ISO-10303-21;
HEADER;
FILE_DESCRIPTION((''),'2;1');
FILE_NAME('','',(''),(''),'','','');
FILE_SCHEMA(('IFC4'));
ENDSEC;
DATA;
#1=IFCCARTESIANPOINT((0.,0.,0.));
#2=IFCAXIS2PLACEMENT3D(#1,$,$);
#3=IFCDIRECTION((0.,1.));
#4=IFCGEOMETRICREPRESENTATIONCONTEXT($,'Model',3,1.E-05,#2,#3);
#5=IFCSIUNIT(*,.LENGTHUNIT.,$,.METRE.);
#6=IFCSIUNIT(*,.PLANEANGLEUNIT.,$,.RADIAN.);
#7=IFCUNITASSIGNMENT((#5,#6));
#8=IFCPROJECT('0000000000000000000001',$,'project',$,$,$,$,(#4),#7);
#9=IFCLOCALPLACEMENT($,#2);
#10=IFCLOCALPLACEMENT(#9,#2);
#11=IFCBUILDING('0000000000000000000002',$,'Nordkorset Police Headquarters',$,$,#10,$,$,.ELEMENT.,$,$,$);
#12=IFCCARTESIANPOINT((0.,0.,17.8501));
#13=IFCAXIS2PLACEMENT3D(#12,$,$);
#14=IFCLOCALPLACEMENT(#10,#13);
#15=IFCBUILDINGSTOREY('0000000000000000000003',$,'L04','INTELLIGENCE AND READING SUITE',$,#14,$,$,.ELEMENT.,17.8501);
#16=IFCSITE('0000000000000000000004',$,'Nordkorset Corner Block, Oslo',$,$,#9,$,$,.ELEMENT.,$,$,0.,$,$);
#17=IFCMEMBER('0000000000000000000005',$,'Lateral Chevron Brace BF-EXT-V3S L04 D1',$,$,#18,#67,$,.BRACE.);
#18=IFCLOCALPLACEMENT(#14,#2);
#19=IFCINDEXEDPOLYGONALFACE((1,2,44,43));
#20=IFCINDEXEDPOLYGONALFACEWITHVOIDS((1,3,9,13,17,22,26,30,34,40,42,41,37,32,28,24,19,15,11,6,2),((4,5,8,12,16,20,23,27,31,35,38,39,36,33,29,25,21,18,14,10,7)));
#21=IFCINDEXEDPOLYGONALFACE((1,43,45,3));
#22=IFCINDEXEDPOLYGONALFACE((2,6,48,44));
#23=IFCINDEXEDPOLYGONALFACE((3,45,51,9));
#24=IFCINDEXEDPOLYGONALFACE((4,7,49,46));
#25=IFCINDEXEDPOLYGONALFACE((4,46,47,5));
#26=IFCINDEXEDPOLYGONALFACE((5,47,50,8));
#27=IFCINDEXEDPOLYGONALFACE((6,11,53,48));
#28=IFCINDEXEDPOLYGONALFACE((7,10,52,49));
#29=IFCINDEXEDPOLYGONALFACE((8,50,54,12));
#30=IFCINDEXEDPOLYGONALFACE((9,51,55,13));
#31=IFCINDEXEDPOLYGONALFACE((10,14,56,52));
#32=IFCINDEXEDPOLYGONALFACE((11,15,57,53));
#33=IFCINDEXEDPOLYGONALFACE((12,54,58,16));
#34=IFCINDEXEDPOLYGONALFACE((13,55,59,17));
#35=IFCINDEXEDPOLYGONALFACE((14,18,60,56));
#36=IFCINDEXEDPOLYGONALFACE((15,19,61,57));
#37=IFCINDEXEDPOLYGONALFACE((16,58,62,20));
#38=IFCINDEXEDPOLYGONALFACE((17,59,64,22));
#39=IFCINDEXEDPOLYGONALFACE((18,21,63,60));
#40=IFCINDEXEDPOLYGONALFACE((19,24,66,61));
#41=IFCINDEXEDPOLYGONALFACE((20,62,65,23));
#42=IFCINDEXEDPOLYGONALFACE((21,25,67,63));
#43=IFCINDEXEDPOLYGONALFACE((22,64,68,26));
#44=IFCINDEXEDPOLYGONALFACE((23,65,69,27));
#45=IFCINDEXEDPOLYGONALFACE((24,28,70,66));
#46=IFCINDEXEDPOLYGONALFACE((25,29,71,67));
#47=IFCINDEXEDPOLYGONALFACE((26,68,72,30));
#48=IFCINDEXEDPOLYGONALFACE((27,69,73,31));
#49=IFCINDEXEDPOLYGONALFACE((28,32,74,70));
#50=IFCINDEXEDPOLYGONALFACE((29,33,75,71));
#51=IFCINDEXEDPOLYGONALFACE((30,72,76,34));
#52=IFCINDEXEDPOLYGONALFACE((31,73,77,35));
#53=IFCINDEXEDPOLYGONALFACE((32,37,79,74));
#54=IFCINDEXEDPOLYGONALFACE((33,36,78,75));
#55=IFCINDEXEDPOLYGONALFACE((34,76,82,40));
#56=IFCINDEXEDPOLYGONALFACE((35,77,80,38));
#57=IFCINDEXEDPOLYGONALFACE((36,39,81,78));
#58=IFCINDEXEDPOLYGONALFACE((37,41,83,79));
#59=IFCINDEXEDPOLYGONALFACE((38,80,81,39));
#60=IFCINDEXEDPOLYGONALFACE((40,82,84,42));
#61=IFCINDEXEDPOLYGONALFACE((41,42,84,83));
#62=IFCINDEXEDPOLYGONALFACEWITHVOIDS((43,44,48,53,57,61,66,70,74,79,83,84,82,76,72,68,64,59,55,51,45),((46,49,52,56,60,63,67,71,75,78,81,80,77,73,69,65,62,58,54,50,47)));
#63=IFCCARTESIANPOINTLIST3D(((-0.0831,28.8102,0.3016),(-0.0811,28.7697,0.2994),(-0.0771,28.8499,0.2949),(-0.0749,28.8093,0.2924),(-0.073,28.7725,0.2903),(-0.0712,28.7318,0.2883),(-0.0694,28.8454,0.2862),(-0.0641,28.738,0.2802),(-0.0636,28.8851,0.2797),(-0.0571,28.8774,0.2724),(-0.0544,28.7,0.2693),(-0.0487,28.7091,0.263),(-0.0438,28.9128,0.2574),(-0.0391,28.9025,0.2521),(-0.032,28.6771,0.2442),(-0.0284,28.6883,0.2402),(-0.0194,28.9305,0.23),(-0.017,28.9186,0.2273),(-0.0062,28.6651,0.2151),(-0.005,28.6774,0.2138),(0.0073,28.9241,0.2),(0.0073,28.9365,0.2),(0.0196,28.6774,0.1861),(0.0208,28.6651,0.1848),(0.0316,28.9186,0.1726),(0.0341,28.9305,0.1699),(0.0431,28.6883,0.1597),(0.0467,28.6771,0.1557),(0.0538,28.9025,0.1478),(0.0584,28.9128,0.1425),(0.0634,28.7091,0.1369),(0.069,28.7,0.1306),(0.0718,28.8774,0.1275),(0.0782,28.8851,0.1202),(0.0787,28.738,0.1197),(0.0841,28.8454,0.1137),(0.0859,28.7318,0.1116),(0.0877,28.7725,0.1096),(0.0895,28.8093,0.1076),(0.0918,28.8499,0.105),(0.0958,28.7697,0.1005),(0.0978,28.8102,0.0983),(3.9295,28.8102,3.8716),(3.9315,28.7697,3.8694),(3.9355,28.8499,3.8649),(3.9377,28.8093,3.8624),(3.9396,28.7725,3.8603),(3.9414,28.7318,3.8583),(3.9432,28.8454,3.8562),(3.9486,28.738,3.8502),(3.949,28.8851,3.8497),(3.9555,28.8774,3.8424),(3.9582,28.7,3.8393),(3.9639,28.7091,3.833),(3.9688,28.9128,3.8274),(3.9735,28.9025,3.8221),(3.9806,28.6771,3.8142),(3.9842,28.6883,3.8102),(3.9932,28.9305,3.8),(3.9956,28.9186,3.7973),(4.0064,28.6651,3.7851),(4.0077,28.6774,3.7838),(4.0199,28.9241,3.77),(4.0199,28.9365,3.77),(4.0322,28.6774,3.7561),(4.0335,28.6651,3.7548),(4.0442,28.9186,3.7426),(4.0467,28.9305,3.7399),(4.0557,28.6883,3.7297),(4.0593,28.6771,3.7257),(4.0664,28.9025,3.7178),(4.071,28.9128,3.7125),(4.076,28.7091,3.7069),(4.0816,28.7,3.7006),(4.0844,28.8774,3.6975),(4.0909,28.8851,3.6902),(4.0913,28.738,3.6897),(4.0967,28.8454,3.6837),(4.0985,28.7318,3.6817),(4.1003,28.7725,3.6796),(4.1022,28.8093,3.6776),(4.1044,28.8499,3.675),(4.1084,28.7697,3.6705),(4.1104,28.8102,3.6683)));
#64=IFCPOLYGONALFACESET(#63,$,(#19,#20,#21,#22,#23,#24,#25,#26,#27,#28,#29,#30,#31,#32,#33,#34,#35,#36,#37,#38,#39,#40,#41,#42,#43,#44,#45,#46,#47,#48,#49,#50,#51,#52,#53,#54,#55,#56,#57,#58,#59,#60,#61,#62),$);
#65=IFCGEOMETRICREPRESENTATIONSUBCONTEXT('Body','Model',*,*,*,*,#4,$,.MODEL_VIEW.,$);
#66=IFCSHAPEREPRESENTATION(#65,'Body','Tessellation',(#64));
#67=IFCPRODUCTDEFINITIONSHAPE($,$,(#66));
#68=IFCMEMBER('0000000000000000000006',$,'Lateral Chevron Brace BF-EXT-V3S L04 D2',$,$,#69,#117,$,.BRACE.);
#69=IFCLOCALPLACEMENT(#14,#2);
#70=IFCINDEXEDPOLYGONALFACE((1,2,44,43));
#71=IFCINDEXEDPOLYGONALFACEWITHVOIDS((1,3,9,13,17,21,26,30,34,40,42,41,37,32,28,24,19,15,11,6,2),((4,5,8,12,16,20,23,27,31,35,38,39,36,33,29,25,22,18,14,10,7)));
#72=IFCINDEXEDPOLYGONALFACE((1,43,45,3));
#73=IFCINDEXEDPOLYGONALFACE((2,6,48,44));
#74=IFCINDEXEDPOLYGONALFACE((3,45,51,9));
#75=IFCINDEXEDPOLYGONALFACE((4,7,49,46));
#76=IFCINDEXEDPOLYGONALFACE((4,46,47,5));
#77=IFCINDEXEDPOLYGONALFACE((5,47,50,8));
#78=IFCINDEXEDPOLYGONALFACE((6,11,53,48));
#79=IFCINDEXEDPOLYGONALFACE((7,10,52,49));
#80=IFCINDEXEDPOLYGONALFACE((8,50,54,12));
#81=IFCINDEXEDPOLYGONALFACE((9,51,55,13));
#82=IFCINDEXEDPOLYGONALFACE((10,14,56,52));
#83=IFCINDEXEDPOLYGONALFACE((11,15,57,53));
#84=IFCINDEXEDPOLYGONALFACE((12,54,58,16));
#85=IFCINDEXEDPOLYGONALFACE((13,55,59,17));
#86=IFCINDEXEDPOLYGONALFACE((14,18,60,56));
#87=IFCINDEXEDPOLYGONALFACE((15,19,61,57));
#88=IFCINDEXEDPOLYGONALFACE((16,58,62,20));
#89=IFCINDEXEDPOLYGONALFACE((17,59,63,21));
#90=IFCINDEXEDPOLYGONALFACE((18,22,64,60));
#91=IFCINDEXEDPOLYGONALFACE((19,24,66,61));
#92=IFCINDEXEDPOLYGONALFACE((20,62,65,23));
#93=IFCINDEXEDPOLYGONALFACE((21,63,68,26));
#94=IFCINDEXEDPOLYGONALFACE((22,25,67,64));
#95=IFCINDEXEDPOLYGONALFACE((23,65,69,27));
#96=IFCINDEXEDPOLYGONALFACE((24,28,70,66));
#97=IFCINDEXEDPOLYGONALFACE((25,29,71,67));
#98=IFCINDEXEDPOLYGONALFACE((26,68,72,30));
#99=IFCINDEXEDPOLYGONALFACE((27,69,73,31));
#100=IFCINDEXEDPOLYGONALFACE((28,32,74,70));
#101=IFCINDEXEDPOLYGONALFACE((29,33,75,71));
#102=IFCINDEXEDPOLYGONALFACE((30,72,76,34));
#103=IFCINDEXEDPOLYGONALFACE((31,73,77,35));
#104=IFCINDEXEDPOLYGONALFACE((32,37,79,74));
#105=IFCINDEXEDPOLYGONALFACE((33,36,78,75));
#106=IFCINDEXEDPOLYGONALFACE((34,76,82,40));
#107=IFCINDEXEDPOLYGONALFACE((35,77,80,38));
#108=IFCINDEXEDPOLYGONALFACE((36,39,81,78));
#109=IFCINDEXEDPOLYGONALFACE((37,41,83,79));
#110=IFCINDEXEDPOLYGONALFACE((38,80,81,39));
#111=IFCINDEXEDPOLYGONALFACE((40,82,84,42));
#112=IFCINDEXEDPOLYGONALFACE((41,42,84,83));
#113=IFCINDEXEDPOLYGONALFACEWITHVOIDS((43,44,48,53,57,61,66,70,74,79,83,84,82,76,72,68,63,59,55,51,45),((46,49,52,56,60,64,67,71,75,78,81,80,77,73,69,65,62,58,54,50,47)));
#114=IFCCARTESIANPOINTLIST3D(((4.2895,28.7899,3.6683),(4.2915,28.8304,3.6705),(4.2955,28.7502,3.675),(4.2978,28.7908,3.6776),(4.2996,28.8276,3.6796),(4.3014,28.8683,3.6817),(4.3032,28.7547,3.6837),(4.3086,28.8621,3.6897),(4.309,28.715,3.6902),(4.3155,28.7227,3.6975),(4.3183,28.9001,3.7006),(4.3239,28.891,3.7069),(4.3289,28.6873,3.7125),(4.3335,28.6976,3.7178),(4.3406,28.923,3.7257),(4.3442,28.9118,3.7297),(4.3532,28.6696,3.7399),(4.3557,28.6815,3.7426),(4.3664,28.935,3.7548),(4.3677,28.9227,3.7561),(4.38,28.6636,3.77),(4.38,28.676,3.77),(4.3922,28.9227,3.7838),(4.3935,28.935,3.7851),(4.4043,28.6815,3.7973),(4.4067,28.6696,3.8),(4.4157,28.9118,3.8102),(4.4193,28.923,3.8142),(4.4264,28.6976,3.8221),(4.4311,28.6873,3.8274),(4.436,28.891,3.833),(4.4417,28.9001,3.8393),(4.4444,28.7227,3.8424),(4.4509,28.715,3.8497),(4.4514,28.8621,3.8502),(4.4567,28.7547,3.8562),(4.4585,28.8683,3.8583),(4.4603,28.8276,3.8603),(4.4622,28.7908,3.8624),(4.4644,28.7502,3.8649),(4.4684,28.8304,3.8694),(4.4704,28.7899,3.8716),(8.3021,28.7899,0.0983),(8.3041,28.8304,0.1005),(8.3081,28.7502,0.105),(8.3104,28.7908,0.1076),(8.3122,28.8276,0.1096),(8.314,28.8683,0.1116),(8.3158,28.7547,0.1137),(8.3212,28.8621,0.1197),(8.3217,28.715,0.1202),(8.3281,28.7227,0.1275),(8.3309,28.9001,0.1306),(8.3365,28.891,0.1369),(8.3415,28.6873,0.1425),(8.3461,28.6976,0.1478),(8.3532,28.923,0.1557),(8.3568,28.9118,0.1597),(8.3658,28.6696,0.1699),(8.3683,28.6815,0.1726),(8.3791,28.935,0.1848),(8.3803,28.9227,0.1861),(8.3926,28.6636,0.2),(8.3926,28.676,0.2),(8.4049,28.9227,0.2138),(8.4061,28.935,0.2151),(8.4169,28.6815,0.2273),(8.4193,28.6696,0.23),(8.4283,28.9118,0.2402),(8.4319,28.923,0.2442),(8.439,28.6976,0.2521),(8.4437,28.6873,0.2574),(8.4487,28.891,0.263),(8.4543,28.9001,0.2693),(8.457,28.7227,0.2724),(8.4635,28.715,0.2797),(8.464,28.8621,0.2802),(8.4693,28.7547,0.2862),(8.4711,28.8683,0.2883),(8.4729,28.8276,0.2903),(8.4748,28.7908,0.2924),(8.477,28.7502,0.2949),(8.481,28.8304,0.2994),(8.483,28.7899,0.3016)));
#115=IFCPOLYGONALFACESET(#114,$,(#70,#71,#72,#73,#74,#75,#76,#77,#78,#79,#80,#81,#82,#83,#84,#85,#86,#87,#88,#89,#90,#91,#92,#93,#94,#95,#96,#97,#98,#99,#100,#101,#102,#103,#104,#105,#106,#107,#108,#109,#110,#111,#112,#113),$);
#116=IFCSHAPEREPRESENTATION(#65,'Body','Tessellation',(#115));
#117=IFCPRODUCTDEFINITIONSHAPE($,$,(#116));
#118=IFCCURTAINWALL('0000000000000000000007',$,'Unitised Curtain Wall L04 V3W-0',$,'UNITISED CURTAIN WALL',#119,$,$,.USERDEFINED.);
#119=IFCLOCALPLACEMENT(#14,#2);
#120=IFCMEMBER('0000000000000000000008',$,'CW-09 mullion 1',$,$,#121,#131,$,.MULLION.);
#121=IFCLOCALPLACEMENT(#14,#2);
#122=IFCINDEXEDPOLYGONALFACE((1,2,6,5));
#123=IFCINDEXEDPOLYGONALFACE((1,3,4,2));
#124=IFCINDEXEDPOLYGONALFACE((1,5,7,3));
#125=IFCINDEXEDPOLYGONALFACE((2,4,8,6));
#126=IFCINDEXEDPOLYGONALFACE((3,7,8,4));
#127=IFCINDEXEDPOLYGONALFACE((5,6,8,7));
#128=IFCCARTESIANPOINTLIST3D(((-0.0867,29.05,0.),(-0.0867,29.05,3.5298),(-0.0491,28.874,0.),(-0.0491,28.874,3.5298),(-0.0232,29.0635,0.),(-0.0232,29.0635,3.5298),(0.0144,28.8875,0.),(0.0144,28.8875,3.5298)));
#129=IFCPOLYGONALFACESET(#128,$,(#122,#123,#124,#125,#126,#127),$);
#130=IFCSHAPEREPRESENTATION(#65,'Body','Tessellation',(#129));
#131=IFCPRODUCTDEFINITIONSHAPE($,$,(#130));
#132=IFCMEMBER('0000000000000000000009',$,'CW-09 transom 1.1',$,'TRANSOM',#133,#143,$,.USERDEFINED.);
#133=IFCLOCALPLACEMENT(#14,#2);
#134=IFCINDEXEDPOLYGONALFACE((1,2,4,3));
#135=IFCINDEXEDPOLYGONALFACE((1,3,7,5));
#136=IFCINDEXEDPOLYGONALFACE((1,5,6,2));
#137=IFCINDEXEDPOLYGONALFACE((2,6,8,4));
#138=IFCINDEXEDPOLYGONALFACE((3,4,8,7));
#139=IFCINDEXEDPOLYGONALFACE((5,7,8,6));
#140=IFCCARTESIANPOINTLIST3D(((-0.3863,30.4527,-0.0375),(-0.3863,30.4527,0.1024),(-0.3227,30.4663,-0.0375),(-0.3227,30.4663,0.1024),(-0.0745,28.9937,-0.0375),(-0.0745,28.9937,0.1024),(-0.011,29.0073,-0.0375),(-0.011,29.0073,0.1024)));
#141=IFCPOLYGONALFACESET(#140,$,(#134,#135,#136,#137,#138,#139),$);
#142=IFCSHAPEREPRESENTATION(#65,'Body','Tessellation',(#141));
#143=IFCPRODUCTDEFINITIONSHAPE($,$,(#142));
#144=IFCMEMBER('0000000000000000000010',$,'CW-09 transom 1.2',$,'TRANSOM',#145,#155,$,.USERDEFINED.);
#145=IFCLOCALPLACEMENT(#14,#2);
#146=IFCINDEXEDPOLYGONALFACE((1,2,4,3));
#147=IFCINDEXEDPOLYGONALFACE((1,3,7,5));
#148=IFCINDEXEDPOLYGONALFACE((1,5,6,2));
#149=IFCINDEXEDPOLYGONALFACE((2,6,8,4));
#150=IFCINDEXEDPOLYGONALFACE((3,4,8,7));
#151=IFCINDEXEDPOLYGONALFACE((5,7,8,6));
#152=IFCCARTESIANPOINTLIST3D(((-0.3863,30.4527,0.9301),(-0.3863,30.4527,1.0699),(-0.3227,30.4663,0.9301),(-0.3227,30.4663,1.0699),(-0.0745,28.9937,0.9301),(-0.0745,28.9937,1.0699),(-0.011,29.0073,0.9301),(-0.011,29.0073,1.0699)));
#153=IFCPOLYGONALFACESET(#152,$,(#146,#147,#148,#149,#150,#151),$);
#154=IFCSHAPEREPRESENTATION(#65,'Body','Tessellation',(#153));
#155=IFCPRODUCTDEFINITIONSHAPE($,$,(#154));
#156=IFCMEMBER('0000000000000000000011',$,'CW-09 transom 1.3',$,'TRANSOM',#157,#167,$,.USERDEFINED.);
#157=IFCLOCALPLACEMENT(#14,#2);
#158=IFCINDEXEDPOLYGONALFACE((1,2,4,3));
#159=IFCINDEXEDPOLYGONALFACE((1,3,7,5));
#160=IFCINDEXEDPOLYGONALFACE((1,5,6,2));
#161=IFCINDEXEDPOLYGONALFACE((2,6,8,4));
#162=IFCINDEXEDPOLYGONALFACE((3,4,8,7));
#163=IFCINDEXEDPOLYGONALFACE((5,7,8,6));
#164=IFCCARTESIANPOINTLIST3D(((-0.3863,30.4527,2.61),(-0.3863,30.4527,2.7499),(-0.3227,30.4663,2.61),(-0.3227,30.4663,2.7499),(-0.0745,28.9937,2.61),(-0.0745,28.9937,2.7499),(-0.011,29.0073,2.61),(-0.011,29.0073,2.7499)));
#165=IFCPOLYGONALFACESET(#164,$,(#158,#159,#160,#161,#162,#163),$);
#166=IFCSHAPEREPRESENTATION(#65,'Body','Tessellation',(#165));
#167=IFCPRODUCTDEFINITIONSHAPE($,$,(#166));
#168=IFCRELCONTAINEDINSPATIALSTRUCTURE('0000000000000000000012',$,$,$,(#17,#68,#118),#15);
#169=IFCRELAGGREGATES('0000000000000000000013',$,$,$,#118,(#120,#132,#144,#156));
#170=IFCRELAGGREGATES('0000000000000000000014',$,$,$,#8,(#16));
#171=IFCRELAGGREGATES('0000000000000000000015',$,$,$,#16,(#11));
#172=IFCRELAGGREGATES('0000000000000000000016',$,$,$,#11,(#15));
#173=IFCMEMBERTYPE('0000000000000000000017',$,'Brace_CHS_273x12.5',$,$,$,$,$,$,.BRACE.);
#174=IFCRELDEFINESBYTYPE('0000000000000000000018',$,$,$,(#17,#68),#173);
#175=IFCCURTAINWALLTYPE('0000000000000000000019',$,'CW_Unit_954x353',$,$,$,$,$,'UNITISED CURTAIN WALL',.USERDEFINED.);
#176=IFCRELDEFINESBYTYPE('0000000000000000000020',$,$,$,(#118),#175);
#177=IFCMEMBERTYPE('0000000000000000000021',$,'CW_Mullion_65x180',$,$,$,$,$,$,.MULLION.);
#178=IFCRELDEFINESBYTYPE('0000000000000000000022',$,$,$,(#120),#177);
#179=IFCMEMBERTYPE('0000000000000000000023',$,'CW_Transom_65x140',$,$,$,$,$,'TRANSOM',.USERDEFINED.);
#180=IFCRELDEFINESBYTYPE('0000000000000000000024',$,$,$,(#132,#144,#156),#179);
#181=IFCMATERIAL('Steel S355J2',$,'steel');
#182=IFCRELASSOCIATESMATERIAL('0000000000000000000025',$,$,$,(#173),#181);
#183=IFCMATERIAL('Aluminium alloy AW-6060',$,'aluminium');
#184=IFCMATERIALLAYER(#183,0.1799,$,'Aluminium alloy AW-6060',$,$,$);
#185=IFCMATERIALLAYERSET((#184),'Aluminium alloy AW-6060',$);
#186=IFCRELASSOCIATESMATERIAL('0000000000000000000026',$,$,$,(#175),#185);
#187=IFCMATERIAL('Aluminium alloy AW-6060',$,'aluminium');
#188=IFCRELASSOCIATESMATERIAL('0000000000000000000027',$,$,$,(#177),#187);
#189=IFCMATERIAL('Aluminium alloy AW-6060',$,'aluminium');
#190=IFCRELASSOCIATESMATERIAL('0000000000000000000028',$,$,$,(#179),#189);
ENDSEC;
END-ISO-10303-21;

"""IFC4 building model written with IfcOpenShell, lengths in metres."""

from ifc_helpers import new_model, si_unit, direction, frame, origin, origin_2d, place, context, subcontext, project, spatial, rectangle, hollow_circle, extrude, material, layer, layer_set, material_profile, profile_set, type_object, element, aggregate, save


model = new_model("IFC4")

# Units and contexts
model_context = context("Model", 3, precision=1e-05, world=origin(), true_north=direction((0.0, 1.0)))
body_context = subcontext(model_context, "Body", "Model", "MODEL_VIEW")
ifc_project = project(units=[si_unit("LENGTHUNIT", "METRE"), si_unit("PLANEANGLEUNIT", "RADIAN")], contexts=[model_context])

# Site, building, storey
site_placement = place(None, origin())
site = spatial("IfcSite", under=ifc_project, at=site_placement, Name="Nordkorset Corner Block, Oslo", CompositionType="ELEMENT", RefElevation=0.0)
building_placement = place(site_placement, origin())
building = spatial("IfcBuilding", under=site, at=building_placement, Name="Nordkorset Police Headquarters", CompositionType="ELEMENT")
storey_placement = place(building_placement, frame((0.0, 0.0, 17.8501)))
storey = spatial("IfcBuildingStorey", under=building, at=storey_placement, Name="L04", Description="INTELLIGENCE AND READING SUITE", CompositionType="ELEMENT", Elevation=17.8501)

# Members
ifc_material_1 = material(Name="Steel S355J2", Category="steel")
ifc_material_profile_1 = material_profile(ifc_material_1, hollow_circle(Radius=0.1365, WallThickness=0.0125, at=origin_2d()), Name="CHS 273x12.5")
ifc_profile_set_1 = profile_set([ifc_material_profile_1], Name="Steel S355J2")
member_type_1 = type_object("IfcMemberType", Name="Brace_CHS_273x12.5", PredefinedType="BRACE", material=ifc_profile_set_1)
for number, where, z_axis, x_axis, name in (
    (1, (0.0073, 28.8, 0.2), (0.747111, 0.0, 0.6647), (0.0, 1.0, 0.0), "Lateral Chevron Brace BF-EXT-V3S L04 D1"),
    (2, (8.3926, 28.8, 0.2), (-0.747111, 0.0, 0.6647), (0.0, -1.0, 0.0), "Lateral Chevron Brace BF-EXT-V3S L04 D2"),
):
    element("IfcMember", number, at=place(storey_placement, frame(where, z_axis=z_axis, x_axis=x_axis)), inside=storey, type_object=member_type_1, Name=name, PredefinedType="BRACE", context=body_context, shape_type="SweptSolid", body=[
        extrude(hollow_circle(Radius=0.1365, WallThickness=0.0125, at=origin_2d()), origin(), (0.0, 0.0, 1.0), 5.3708),
    ])

# Curtain wall, members
ifc_material_2 = material(Name="Aluminium alloy AW-6060", Category="aluminium")
ifc_layer_1 = layer(ifc_material_2, 0.1799, Name="Aluminium alloy AW-6060")
ifc_layer_set_1 = layer_set([ifc_layer_1], Name="Aluminium alloy AW-6060")
curtain_wall_type = type_object("IfcCurtainWallType", Name="CW_Unit_954x353", ElementType="UNITISED CURTAIN WALL", PredefinedType="USERDEFINED", material=ifc_layer_set_1)
curtain_wall_placement = place(storey_placement, origin())
curtain_wall = element("IfcCurtainWall", 3, at=curtain_wall_placement, inside=storey, type_object=curtain_wall_type, Name="Unitised Curtain Wall L04 V3W-0", ObjectType="UNITISED CURTAIN WALL", PredefinedType="USERDEFINED")
ifc_material_3 = material(Name="Aluminium alloy AW-6060", Category="aluminium")
ifc_material_profile_2 = material_profile(ifc_material_3, rectangle(XDim=0.0649, YDim=0.1799, at=origin_2d()), Name="ALU MULL 65x180")
ifc_profile_set_2 = profile_set([ifc_material_profile_2], Name="Aluminium alloy AW-6060")
member_type_2 = type_object("IfcMemberType", Name="CW_Mullion_65x180", PredefinedType="MULLION", material=ifc_profile_set_2)
member_1_placement = place(storey_placement, frame((-0.0361, 28.9688, 0.0), z_axis=(0.0, 0.0, 1.0), x_axis=(-0.977951, -0.208833, 0.0)))
member_1 = element("IfcMember", 4, at=member_1_placement, type_object=member_type_2, Name="CW-09 mullion 1", PredefinedType="MULLION", context=body_context, shape_type="SweptSolid", body=[
    extrude(rectangle(XDim=0.0649, YDim=0.1799, at=origin_2d()), origin(), (0.0, 0.0, 1.0), 3.5298),
])
ifc_material_4 = material(Name="Aluminium alloy AW-6060", Category="aluminium")
ifc_material_profile_3 = material_profile(ifc_material_4, rectangle(XDim=0.0649, YDim=0.1399, at=origin_2d()), Name="ALU TRAN 65x140")
ifc_profile_set_3 = profile_set([ifc_material_profile_3], Name="Aluminium alloy AW-6060")
member_type_3 = type_object("IfcMemberType", Name="CW_Transom_65x140", ElementType="TRANSOM", PredefinedType="USERDEFINED", material=ifc_profile_set_3)
member_2_placement = place(storey_placement, frame((-0.0427, 29.0005, 0.0325), z_axis=(-0.20897, 0.977922, 0.0), x_axis=(-0.977922, -0.20897, 0.0)))
member_2 = element("IfcMember", 5, at=member_2_placement, type_object=member_type_3, Name="CW-09 transom 1.1", ObjectType="TRANSOM", PredefinedType="USERDEFINED", context=body_context, shape_type="SweptSolid", body=[
    extrude(rectangle(XDim=0.0649, YDim=0.1399, at=origin_2d()), origin(), (0.0, 0.0, 1.0), 1.4919),
])
member_3_placement = place(storey_placement, frame((-0.0427, 29.0005, 1.0), z_axis=(-0.20897, 0.977922, 0.0), x_axis=(-0.977922, -0.20897, 0.0)))
member_3 = element("IfcMember", 6, at=member_3_placement, type_object=member_type_3, Name="CW-09 transom 1.2", ObjectType="TRANSOM", PredefinedType="USERDEFINED", context=body_context, shape_type="SweptSolid", body=[
    extrude(rectangle(XDim=0.0649, YDim=0.1399, at=origin_2d()), origin(), (0.0, 0.0, 1.0), 1.4919),
])
member_4_placement = place(storey_placement, frame((-0.0427, 29.0005, 2.6799), z_axis=(-0.20897, 0.977922, 0.0), x_axis=(-0.977922, -0.20897, 0.0)))
member_4 = element("IfcMember", 7, at=member_4_placement, type_object=member_type_3, Name="CW-09 transom 1.3", ObjectType="TRANSOM", PredefinedType="USERDEFINED", context=body_context, shape_type="SweptSolid", body=[
    extrude(rectangle(XDim=0.0649, YDim=0.1399, at=origin_2d()), origin(), (0.0, 0.0, 1.0), 1.4919),
])
aggregate(curtain_wall, [member_1, member_2, member_3, member_4])

save(model, "model.ifc")
